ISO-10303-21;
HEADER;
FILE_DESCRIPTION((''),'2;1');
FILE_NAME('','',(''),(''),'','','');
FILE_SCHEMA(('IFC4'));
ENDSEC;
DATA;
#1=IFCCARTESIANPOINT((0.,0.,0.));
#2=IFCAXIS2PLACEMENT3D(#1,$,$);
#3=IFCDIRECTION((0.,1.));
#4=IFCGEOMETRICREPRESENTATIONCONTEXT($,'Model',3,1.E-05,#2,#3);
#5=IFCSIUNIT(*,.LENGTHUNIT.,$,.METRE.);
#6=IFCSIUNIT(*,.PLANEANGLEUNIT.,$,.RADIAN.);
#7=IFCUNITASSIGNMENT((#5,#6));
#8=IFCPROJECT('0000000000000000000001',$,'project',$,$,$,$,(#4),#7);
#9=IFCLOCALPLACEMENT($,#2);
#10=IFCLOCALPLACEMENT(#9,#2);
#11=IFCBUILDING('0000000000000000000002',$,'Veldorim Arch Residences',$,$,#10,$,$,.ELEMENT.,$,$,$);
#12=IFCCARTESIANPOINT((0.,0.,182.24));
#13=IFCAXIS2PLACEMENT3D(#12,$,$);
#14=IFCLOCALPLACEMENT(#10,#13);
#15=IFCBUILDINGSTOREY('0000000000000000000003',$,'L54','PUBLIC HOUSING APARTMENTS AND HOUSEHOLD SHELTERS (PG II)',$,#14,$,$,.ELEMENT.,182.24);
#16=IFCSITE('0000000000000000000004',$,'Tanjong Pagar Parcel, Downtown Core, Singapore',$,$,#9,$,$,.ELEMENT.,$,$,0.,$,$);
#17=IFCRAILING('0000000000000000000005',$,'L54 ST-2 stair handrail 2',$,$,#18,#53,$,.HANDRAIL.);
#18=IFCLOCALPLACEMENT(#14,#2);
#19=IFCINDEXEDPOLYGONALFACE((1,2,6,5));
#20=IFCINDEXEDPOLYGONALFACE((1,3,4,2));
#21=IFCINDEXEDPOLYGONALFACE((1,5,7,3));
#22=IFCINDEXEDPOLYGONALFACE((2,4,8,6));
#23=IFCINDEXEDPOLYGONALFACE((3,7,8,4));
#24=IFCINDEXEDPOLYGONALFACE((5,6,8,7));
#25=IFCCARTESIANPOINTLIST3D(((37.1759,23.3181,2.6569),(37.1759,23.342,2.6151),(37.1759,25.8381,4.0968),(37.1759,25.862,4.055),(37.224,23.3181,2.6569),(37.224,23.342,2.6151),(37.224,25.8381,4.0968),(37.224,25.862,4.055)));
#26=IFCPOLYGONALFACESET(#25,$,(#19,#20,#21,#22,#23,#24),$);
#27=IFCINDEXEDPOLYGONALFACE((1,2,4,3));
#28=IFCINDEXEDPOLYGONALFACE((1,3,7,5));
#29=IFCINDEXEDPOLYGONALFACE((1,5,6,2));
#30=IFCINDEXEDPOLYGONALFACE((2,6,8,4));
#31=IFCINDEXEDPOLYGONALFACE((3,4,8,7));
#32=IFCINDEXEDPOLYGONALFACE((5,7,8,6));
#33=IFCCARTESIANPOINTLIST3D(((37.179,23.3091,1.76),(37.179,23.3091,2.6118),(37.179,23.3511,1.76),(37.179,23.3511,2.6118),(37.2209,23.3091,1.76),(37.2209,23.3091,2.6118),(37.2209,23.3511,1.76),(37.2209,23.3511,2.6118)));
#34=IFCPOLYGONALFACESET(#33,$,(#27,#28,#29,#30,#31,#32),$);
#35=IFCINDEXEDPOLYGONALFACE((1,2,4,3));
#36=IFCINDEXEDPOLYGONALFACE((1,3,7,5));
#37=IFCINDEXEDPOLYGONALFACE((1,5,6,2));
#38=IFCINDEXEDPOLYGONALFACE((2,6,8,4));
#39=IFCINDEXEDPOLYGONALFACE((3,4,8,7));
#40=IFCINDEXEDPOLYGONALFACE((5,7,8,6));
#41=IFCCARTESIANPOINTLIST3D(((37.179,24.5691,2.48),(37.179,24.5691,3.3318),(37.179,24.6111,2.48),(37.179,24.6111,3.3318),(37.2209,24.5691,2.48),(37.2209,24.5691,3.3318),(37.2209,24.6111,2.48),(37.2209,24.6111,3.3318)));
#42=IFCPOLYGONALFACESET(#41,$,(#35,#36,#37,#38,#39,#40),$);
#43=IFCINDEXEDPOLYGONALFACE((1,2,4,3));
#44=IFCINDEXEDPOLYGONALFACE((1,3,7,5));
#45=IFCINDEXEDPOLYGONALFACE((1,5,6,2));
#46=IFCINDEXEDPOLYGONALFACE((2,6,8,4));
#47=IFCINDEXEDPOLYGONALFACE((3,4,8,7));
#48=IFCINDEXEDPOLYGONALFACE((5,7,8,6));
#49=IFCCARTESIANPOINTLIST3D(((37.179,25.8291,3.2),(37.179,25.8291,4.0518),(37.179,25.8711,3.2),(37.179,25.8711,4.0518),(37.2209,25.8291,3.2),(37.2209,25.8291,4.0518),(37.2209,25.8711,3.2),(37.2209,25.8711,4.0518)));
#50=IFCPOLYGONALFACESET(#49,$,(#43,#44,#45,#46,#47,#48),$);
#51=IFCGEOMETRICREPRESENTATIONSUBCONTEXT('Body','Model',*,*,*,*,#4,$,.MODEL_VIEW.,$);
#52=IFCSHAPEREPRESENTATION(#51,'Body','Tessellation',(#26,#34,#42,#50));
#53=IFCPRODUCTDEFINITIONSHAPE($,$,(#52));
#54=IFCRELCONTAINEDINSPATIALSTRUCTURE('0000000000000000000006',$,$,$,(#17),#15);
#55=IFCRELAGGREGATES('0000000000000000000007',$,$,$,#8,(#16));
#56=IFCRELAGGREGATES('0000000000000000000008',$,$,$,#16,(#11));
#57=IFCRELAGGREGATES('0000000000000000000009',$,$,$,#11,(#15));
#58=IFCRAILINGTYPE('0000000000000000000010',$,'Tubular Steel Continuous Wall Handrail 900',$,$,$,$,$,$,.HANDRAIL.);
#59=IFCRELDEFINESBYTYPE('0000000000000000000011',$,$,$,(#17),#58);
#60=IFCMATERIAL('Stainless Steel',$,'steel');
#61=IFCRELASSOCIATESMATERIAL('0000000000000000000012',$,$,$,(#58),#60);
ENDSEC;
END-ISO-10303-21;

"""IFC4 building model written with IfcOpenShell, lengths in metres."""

from ifc_helpers import new_model, si_unit, direction, frame, origin, origin_2d, place, context, subcontext, project, spatial, rectangle, extrude, material, type_object, element, save


model = new_model("IFC4")

# Units and contexts
model_context = context("Model", 3, precision=1e-05, world=origin(), true_north=direction((0.0, 1.0)))
body_context = subcontext(model_context, "Body", "Model", "MODEL_VIEW")
ifc_project = project(units=[si_unit("LENGTHUNIT", "METRE"), si_unit("PLANEANGLEUNIT", "RADIAN")], contexts=[model_context])

# Site, building, storey
site_placement = place(None, origin())
site = spatial("IfcSite", under=ifc_project, at=site_placement, Name="Tanjong Pagar Parcel, Downtown Core, Singapore", CompositionType="ELEMENT", RefElevation=0.0)
building_placement = place(site_placement, origin())
building = spatial("IfcBuilding", under=site, at=building_placement, Name="Veldorim Arch Residences", CompositionType="ELEMENT")
storey_placement = place(building_placement, frame((0.0, 0.0, 182.24)))
storey = spatial("IfcBuildingStorey", under=building, at=storey_placement, Name="L54", Description="PUBLIC HOUSING APARTMENTS AND HOUSEHOLD SHELTERS (PG II)", CompositionType="ELEMENT", Elevation=182.24)

# Railing
ifc_material_1 = material(Name="Stainless Steel", Category="steel")
railing_type_1 = type_object("IfcRailingType", Name="Tubular Steel Continuous Wall Handrail 900", PredefinedType="HANDRAIL", material=ifc_material_1)
railing_1_placement = place(storey_placement, frame((37.2, 23.3301, 1.76)))
element("IfcRailing", 1, at=railing_1_placement, inside=storey, type_object=railing_type_1, Name="L54 ST-2 stair handrail 2", PredefinedType="HANDRAIL", context=body_context, shape_type="SweptSolid", body=[
    extrude(rectangle(XDim=0.0481, YDim=0.0481, at=origin_2d()), frame((0.0, 0.0, 0.876), z_axis=(0.0, 0.868253, 0.496121), x_axis=(-1.0, 0.0, 0.0)), (0.0, 0.0, 1.0), 2.9023),
    extrude(rectangle(XDim=0.042, YDim=0.042, at=origin_2d()), origin(), (0.0, 0.0, 1.0), 0.8518),
    extrude(rectangle(XDim=0.042, YDim=0.042, at=origin_2d()), frame((0.0, 1.26, 0.72)), (0.0, 0.0, 1.0), 0.8518),
    extrude(rectangle(XDim=0.042, YDim=0.042, at=origin_2d()), frame((0.0, 2.52, 1.4399)), (0.0, 0.0, 1.0), 0.8518),
])

save(model, "model.ifc")
